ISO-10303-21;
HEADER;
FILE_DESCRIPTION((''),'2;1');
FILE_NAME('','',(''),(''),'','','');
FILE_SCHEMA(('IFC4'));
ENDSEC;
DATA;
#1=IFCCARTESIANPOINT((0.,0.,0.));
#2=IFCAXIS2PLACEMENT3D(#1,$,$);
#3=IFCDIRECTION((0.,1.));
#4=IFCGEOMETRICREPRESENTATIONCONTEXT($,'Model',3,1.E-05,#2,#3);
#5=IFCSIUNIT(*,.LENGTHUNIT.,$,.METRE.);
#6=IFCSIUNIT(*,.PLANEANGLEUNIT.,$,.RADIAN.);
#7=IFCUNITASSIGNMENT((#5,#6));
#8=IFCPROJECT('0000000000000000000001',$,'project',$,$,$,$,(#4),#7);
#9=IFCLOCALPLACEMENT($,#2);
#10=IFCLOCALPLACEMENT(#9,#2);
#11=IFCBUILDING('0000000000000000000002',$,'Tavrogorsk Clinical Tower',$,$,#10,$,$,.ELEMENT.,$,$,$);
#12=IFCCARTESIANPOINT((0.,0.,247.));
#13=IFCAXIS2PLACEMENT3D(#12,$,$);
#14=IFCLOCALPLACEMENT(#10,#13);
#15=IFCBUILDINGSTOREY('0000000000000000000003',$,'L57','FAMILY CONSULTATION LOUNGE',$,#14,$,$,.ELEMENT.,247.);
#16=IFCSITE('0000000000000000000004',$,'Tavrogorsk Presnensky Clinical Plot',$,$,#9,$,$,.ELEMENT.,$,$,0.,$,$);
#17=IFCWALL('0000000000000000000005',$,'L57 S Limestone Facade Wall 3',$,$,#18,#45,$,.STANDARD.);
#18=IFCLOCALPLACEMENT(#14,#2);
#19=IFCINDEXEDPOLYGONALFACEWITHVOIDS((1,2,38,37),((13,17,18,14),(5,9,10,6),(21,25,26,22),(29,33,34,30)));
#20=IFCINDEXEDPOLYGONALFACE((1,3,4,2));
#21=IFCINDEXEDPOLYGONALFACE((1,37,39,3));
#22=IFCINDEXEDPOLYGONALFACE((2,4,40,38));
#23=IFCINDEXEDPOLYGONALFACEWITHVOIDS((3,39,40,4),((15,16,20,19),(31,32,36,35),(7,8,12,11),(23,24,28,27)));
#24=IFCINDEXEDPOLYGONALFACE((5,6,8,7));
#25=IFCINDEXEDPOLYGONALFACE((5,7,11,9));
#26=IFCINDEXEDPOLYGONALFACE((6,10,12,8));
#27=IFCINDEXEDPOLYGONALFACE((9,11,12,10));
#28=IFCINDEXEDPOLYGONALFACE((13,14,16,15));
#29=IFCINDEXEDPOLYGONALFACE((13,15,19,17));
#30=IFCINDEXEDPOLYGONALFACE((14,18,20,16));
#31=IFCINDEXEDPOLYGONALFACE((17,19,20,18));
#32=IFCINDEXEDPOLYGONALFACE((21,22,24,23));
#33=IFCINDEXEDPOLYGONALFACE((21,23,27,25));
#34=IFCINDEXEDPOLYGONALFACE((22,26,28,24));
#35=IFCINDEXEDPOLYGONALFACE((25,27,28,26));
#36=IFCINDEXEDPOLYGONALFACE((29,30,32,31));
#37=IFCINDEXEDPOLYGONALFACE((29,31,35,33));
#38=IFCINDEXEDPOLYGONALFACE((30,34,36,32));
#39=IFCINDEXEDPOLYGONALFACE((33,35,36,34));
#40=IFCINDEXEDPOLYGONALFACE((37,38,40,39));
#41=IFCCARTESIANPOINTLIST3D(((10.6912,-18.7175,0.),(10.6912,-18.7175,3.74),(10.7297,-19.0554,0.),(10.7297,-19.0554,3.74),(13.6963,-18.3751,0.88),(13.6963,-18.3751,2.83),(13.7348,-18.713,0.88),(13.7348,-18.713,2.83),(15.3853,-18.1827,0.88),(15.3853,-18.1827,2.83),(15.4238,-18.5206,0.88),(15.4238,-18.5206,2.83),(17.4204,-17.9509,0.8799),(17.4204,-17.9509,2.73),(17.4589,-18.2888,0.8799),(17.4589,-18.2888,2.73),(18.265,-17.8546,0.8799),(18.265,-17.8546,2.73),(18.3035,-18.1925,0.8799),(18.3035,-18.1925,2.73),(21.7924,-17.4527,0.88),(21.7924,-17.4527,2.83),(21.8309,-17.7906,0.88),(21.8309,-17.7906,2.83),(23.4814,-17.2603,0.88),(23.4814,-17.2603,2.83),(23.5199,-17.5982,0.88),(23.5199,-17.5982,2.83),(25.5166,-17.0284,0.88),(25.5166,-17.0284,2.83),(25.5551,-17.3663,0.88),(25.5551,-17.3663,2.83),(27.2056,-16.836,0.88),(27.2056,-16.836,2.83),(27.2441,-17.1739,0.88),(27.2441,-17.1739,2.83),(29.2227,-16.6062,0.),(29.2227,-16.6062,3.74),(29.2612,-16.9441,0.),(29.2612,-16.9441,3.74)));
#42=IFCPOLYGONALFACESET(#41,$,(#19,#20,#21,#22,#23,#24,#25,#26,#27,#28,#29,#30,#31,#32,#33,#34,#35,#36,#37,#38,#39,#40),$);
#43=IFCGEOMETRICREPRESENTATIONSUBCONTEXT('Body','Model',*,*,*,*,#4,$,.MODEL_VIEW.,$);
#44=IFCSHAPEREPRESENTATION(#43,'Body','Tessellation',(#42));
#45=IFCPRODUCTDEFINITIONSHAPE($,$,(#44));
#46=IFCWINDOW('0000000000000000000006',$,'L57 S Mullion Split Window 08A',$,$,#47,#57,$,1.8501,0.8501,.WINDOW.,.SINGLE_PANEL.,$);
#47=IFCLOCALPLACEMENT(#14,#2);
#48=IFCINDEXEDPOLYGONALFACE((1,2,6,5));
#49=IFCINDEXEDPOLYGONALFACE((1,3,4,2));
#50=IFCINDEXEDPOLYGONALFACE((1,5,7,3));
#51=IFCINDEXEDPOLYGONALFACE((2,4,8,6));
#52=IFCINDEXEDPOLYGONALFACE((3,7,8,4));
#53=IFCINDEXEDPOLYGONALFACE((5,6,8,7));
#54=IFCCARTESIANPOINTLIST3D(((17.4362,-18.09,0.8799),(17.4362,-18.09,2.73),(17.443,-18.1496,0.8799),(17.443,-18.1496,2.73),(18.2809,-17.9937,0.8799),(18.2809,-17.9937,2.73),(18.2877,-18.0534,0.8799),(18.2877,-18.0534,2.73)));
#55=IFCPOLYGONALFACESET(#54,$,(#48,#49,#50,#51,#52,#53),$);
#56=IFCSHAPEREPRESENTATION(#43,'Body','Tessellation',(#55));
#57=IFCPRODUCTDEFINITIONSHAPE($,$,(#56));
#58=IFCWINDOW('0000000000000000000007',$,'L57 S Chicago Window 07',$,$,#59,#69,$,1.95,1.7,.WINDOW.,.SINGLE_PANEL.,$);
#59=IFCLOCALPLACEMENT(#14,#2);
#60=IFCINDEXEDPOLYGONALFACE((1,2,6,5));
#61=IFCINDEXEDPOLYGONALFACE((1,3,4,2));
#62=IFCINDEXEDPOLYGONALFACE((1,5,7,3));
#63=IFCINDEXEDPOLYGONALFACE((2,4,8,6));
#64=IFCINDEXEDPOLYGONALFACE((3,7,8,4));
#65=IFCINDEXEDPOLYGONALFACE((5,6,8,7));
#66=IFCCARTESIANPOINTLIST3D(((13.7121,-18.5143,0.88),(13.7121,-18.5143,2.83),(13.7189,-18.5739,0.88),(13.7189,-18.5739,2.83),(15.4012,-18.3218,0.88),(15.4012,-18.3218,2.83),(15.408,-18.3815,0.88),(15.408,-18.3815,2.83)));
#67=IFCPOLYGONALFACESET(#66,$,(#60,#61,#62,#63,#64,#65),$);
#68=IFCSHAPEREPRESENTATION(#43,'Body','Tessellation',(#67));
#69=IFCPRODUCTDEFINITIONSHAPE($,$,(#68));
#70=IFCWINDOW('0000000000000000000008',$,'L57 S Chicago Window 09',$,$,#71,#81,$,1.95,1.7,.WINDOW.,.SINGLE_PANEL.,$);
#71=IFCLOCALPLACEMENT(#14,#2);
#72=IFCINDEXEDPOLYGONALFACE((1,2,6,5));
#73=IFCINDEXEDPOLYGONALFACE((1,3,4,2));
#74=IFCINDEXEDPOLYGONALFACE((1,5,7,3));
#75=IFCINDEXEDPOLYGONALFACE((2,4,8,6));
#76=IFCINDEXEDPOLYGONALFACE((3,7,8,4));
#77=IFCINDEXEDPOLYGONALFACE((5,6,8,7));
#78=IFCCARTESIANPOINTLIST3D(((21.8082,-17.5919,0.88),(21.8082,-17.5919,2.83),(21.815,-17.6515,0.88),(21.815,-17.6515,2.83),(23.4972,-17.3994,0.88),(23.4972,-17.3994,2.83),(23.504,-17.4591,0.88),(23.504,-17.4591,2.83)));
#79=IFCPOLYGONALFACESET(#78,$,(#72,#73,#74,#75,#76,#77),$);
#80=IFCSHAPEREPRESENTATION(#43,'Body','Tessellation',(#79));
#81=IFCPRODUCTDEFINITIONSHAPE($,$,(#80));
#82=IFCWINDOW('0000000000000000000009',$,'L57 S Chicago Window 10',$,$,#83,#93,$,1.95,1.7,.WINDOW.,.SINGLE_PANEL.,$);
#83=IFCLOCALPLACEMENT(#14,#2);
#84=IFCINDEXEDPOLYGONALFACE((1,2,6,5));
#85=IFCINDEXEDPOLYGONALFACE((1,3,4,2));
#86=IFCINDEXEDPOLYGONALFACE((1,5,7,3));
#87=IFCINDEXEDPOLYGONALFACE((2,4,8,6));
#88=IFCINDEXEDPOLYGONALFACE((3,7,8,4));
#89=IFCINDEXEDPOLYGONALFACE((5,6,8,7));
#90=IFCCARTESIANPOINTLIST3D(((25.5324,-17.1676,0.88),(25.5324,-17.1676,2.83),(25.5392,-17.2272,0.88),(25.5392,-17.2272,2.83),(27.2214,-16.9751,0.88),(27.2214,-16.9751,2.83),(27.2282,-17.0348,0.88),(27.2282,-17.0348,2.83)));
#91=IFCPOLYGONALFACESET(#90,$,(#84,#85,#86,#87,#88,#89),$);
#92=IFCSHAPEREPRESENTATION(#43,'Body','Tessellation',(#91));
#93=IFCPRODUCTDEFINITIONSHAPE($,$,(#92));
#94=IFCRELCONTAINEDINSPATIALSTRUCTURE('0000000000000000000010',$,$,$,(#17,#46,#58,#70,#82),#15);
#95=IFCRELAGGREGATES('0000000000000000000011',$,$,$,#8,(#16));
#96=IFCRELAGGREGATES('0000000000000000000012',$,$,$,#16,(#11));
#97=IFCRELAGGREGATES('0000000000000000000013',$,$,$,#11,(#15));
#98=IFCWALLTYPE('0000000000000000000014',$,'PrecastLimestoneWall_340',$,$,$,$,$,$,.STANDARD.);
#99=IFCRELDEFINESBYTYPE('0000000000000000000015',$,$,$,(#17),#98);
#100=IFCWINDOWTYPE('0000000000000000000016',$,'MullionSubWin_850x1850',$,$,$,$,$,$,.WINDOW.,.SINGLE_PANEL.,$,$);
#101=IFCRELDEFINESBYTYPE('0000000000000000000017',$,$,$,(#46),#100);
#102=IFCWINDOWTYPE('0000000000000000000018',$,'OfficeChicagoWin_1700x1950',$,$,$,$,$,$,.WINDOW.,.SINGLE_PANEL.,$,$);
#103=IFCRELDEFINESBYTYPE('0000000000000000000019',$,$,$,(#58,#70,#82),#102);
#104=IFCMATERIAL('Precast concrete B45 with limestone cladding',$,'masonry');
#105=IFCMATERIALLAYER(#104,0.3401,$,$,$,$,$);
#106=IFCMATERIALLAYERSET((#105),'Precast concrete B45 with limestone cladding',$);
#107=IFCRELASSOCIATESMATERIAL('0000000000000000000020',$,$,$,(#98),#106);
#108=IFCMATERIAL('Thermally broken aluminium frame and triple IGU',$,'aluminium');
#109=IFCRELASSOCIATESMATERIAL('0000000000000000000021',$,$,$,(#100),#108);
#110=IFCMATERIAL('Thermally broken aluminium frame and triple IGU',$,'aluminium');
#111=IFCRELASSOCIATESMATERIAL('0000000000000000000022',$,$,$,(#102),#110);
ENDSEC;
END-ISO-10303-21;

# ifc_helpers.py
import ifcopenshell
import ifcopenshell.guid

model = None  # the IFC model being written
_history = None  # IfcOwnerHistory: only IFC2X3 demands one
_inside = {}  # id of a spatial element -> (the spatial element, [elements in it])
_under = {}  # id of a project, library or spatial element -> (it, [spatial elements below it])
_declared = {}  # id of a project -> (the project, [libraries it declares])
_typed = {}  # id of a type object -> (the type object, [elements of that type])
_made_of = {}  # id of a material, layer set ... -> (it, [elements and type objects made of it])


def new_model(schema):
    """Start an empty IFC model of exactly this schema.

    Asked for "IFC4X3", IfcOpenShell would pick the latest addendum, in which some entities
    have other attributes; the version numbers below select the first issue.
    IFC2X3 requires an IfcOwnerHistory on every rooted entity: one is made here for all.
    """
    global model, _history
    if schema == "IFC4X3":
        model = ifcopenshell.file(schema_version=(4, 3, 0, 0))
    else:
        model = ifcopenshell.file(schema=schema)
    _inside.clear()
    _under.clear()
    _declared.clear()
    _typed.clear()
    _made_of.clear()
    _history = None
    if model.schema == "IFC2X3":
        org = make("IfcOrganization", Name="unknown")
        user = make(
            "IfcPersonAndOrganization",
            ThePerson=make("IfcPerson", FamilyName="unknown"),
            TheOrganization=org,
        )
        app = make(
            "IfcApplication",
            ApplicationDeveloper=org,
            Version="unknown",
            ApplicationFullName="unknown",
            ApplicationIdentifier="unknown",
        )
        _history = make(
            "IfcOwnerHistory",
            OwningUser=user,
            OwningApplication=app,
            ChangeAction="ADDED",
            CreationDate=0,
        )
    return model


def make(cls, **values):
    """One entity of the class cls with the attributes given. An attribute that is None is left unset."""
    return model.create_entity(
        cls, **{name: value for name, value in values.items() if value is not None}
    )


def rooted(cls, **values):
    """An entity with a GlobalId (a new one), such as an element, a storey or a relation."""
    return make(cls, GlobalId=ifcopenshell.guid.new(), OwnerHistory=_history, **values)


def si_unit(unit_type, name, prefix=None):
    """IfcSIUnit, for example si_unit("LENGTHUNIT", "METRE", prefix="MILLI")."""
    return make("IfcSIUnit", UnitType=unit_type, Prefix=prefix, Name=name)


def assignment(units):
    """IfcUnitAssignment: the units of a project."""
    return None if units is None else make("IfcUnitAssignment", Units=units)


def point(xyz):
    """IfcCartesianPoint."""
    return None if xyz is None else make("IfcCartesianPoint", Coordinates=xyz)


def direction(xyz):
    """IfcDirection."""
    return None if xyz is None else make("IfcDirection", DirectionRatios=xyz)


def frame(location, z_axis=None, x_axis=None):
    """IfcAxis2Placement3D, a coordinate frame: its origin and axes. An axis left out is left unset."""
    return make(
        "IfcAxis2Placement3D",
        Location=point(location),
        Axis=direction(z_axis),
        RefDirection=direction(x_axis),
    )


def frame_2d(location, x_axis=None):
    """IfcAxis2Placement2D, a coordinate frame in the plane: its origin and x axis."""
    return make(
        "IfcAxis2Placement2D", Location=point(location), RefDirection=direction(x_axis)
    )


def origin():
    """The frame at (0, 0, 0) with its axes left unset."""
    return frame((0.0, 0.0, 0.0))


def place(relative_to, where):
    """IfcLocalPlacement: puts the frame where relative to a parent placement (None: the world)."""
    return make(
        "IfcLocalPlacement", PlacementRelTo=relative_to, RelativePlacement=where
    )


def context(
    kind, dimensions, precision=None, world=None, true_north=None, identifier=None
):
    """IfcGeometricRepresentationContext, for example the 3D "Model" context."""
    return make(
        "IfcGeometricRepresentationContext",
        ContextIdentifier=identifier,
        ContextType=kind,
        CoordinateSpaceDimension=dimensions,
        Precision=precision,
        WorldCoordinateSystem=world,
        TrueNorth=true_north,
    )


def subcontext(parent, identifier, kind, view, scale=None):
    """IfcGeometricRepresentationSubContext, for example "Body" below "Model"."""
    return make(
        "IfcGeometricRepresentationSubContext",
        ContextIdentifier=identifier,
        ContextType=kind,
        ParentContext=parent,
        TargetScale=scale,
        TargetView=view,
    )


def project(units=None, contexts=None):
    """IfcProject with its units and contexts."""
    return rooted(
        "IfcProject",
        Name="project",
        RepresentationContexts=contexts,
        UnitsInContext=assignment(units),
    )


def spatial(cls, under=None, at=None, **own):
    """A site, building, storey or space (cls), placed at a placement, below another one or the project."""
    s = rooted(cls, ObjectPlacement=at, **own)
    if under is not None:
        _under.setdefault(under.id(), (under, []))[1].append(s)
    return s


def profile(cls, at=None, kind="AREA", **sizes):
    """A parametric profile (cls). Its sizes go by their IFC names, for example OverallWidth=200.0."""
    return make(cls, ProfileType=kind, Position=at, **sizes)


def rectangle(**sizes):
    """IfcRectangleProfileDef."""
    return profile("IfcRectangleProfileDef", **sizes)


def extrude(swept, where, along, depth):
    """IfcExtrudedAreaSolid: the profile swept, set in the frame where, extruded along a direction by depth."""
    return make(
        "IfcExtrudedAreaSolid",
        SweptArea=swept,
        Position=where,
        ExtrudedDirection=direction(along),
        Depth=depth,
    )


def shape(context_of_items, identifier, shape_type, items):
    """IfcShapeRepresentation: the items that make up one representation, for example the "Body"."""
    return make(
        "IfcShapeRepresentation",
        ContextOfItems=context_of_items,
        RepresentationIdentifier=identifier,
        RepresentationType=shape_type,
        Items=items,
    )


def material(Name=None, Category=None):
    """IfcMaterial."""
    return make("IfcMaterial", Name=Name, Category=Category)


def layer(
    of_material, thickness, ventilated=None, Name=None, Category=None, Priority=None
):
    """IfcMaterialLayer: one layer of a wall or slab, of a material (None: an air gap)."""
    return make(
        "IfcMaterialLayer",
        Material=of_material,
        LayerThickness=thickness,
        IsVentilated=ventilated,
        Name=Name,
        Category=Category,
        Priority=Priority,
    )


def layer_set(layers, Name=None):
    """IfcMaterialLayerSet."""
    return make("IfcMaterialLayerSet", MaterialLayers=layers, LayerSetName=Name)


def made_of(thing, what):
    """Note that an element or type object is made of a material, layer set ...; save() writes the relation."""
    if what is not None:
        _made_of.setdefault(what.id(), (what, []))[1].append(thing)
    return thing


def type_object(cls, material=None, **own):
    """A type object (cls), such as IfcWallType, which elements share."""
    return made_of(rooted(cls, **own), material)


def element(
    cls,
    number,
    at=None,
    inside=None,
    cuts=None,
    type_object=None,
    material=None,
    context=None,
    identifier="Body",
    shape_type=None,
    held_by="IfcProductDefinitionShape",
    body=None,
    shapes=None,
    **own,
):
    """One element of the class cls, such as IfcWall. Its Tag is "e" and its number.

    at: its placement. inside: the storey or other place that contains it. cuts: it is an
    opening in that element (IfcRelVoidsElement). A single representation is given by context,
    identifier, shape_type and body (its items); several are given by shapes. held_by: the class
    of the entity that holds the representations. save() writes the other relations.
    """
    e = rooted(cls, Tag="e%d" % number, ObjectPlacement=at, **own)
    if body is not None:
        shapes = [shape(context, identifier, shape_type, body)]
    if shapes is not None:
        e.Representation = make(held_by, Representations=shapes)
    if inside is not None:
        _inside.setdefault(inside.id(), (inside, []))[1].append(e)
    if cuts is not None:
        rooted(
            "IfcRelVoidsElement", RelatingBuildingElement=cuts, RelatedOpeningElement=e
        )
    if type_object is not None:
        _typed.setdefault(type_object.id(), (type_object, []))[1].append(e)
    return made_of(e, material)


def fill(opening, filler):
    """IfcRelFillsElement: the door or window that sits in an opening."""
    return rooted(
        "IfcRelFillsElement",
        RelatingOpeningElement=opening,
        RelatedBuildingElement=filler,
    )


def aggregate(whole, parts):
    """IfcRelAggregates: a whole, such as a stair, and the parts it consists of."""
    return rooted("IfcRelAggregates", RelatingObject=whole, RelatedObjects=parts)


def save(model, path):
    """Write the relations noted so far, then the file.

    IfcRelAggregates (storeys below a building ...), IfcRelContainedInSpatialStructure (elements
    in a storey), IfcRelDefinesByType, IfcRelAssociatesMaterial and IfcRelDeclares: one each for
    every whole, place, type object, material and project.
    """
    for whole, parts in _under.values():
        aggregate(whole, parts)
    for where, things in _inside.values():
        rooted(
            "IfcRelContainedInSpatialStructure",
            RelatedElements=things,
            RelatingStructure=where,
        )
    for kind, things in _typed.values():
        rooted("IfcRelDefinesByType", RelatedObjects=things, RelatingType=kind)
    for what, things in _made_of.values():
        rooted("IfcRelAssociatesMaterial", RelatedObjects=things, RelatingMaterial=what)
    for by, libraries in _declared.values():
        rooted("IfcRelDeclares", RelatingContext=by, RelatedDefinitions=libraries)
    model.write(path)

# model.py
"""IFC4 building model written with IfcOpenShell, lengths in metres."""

from ifc_helpers import new_model, si_unit, direction, frame, frame_2d, origin, place, context, subcontext, project, spatial, rectangle, extrude, material, layer, layer_set, type_object, element, fill, save


model = new_model("IFC4")

# Units and contexts
model_context = context("Model", 3, precision=1e-05, world=origin(), true_north=direction((0.0, 1.0)))
body_context = subcontext(model_context, "Body", "Model", "MODEL_VIEW")
ifc_project = project(units=[si_unit("LENGTHUNIT", "METRE"), si_unit("PLANEANGLEUNIT", "RADIAN")], contexts=[model_context])

# Site, building, storey
site_placement = place(None, origin())
site = spatial("IfcSite", under=ifc_project, at=site_placement, Name="Tavrogorsk Presnensky Clinical Plot", CompositionType="ELEMENT", RefElevation=0.0)
building_placement = place(site_placement, origin())
building = spatial("IfcBuilding", under=site, at=building_placement, Name="Tavrogorsk Clinical Tower", CompositionType="ELEMENT")
storey_placement = place(building_placement, frame((0.0, 0.0, 247.0)))
storey = spatial("IfcBuildingStorey", under=building, at=storey_placement, Name="L57", Description="FAMILY CONSULTATION LOUNGE", CompositionType="ELEMENT", Elevation=247.0)

# Wall, openings, windows
ifc_material_1 = material(Name="Precast concrete B45 with limestone cladding", Category="masonry")
ifc_layer_1 = layer(ifc_material_1, 0.3401)
ifc_layer_set_1 = layer_set([ifc_layer_1], Name="Precast concrete B45 with limestone cladding")
wall_type_1 = type_object("IfcWallType", Name="PrecastLimestoneWall_340", PredefinedType="STANDARD", material=ifc_layer_set_1)
wall_1_placement = place(storey_placement, frame((10.7104, -18.8865, 0.0), z_axis=(0.0, 0.0, 1.0), x_axis=(0.993572, 0.1132, 0.0)))
wall_1 = element("IfcWall", 1, at=wall_1_placement, inside=storey, type_object=wall_type_1, Name="L57 S Limestone Facade Wall 3", PredefinedType="STANDARD", context=body_context, shape_type="SweptSolid", body=[
    extrude(rectangle(XDim=18.6514, YDim=0.3401, at=frame_2d((9.3257, 0.0))), origin(), (0.0, 0.0, 1.0), 3.74),
])
opening_1_placement = place(wall_1_placement, frame((3.0244, 0.0, 0.8799)))
opening_1 = element("IfcOpeningElement", 2, at=opening_1_placement, cuts=wall_1, PredefinedType="OPENING", context=body_context, shape_type="SweptSolid", body=[
    extrude(rectangle(XDim=1.7, YDim=1.95, at=frame_2d((0.8501, 0.9751))), frame((0.0, 0.1799, 0.0), z_axis=(0.0, -1.0, 0.0), x_axis=(1.0, 0.0, 0.0)), (0.0, 0.0, 1.0), 0.3601),
])
opening_2_placement = place(wall_1_placement, frame((6.7727, 0.0, 0.8799)))
opening_2 = element("IfcOpeningElement", 3, at=opening_2_placement, cuts=wall_1, PredefinedType="OPENING", context=body_context, shape_type="SweptSolid", body=[
    extrude(rectangle(XDim=0.8501, YDim=1.8501, at=frame_2d((0.425, 0.925))), frame((0.0, 0.1799, 0.0), z_axis=(0.0, -1.0, 0.0), x_axis=(1.0, 0.0, 0.0)), (0.0, 0.0, 1.0), 0.3601),
])
opening_3_placement = place(wall_1_placement, frame((11.1729, 0.0, 0.8799)))
opening_3 = element("IfcOpeningElement", 4, at=opening_3_placement, cuts=wall_1, PredefinedType="OPENING", context=body_context, shape_type="SweptSolid", body=[
    extrude(rectangle(XDim=1.7, YDim=1.95, at=frame_2d((0.8501, 0.9751))), frame((0.0, 0.1799, 0.0), z_axis=(0.0, -1.0, 0.0), x_axis=(1.0, 0.0, 0.0)), (0.0, 0.0, 1.0), 0.3601),
])
opening_4_placement = place(wall_1_placement, frame((14.9211, 0.0, 0.8799)))
opening_4 = element("IfcOpeningElement", 5, at=opening_4_placement, cuts=wall_1, PredefinedType="OPENING", context=body_context, shape_type="SweptSolid", body=[
    extrude(rectangle(XDim=1.7, YDim=1.95, at=frame_2d((0.8501, 0.9751))), frame((0.0, 0.1799, 0.0), z_axis=(0.0, -1.0, 0.0), x_axis=(1.0, 0.0, 0.0)), (0.0, 0.0, 1.0), 0.3601),
])
ifc_material_2 = material(Name="Thermally broken aluminium frame and triple IGU", Category="aluminium")
window_type_1 = type_object("IfcWindowType", Name="MullionSubWin_850x1850", PartitioningType="SINGLE_PANEL", PredefinedType="WINDOW", material=ifc_material_2)
window_1_placement = place(opening_2_placement, origin())
window_1 = element("IfcWindow", 6, at=window_1_placement, inside=storey, type_object=window_type_1, Name="L57 S Mullion Split Window 08A", OverallHeight=1.8501, OverallWidth=0.8501, PartitioningType="SINGLE_PANEL", PredefinedType="WINDOW", context=body_context, shape_type="SweptSolid", body=[
    extrude(rectangle(XDim=0.8501, YDim=1.8501, at=frame_2d((0.425, 0.925))), frame((0.0, 0.03, 0.0), z_axis=(0.0, -1.0, 0.0), x_axis=(1.0, 0.0, 0.0)), (0.0, 0.0, 1.0), 0.0601),
])
fill(opening_2, window_1)
ifc_material_3 = material(Name="Thermally broken aluminium frame and triple IGU", Category="aluminium")
window_type_2 = type_object("IfcWindowType", Name="OfficeChicagoWin_1700x1950", PartitioningType="SINGLE_PANEL", PredefinedType="WINDOW", material=ifc_material_3)
window_2_placement = place(opening_1_placement, origin())
window_2 = element("IfcWindow", 7, at=window_2_placement, inside=storey, type_object=window_type_2, Name="L57 S Chicago Window 07", OverallHeight=1.95, OverallWidth=1.7, PartitioningType="SINGLE_PANEL", PredefinedType="WINDOW", context=body_context, shape_type="SweptSolid", body=[
    extrude(rectangle(XDim=1.7, YDim=1.95, at=frame_2d((0.8501, 0.9751))), frame((0.0, 0.03, 0.0), z_axis=(0.0, -1.0, 0.0), x_axis=(1.0, 0.0, 0.0)), (0.0, 0.0, 1.0), 0.0601),
])
fill(opening_1, window_2)
window_3_placement = place(opening_3_placement, origin())
window_3 = element("IfcWindow", 8, at=window_3_placement, inside=storey, type_object=window_type_2, Name="L57 S Chicago Window 09", OverallHeight=1.95, OverallWidth=1.7, PartitioningType="SINGLE_PANEL", PredefinedType="WINDOW", context=body_context, shape_type="SweptSolid", body=[
    extrude(rectangle(XDim=1.7, YDim=1.95, at=frame_2d((0.8501, 0.9751))), frame((0.0, 0.03, 0.0), z_axis=(0.0, -1.0, 0.0), x_axis=(1.0, 0.0, 0.0)), (0.0, 0.0, 1.0), 0.0601),
])
fill(opening_3, window_3)
window_4_placement = place(opening_4_placement, origin())
window_4 = element("IfcWindow", 9, at=window_4_placement, inside=storey, type_object=window_type_2, Name="L57 S Chicago Window 10", OverallHeight=1.95, OverallWidth=1.7, PartitioningType="SINGLE_PANEL", PredefinedType="WINDOW", context=body_context, shape_type="SweptSolid", body=[
    extrude(rectangle(XDim=1.7, YDim=1.95, at=frame_2d((0.8501, 0.9751))), frame((0.0, 0.03, 0.0), z_axis=(0.0, -1.0, 0.0), x_axis=(1.0, 0.0, 0.0)), (0.0, 0.0, 1.0), 0.0601),
])
fill(opening_4, window_4)

save(model, "model.ifc")
